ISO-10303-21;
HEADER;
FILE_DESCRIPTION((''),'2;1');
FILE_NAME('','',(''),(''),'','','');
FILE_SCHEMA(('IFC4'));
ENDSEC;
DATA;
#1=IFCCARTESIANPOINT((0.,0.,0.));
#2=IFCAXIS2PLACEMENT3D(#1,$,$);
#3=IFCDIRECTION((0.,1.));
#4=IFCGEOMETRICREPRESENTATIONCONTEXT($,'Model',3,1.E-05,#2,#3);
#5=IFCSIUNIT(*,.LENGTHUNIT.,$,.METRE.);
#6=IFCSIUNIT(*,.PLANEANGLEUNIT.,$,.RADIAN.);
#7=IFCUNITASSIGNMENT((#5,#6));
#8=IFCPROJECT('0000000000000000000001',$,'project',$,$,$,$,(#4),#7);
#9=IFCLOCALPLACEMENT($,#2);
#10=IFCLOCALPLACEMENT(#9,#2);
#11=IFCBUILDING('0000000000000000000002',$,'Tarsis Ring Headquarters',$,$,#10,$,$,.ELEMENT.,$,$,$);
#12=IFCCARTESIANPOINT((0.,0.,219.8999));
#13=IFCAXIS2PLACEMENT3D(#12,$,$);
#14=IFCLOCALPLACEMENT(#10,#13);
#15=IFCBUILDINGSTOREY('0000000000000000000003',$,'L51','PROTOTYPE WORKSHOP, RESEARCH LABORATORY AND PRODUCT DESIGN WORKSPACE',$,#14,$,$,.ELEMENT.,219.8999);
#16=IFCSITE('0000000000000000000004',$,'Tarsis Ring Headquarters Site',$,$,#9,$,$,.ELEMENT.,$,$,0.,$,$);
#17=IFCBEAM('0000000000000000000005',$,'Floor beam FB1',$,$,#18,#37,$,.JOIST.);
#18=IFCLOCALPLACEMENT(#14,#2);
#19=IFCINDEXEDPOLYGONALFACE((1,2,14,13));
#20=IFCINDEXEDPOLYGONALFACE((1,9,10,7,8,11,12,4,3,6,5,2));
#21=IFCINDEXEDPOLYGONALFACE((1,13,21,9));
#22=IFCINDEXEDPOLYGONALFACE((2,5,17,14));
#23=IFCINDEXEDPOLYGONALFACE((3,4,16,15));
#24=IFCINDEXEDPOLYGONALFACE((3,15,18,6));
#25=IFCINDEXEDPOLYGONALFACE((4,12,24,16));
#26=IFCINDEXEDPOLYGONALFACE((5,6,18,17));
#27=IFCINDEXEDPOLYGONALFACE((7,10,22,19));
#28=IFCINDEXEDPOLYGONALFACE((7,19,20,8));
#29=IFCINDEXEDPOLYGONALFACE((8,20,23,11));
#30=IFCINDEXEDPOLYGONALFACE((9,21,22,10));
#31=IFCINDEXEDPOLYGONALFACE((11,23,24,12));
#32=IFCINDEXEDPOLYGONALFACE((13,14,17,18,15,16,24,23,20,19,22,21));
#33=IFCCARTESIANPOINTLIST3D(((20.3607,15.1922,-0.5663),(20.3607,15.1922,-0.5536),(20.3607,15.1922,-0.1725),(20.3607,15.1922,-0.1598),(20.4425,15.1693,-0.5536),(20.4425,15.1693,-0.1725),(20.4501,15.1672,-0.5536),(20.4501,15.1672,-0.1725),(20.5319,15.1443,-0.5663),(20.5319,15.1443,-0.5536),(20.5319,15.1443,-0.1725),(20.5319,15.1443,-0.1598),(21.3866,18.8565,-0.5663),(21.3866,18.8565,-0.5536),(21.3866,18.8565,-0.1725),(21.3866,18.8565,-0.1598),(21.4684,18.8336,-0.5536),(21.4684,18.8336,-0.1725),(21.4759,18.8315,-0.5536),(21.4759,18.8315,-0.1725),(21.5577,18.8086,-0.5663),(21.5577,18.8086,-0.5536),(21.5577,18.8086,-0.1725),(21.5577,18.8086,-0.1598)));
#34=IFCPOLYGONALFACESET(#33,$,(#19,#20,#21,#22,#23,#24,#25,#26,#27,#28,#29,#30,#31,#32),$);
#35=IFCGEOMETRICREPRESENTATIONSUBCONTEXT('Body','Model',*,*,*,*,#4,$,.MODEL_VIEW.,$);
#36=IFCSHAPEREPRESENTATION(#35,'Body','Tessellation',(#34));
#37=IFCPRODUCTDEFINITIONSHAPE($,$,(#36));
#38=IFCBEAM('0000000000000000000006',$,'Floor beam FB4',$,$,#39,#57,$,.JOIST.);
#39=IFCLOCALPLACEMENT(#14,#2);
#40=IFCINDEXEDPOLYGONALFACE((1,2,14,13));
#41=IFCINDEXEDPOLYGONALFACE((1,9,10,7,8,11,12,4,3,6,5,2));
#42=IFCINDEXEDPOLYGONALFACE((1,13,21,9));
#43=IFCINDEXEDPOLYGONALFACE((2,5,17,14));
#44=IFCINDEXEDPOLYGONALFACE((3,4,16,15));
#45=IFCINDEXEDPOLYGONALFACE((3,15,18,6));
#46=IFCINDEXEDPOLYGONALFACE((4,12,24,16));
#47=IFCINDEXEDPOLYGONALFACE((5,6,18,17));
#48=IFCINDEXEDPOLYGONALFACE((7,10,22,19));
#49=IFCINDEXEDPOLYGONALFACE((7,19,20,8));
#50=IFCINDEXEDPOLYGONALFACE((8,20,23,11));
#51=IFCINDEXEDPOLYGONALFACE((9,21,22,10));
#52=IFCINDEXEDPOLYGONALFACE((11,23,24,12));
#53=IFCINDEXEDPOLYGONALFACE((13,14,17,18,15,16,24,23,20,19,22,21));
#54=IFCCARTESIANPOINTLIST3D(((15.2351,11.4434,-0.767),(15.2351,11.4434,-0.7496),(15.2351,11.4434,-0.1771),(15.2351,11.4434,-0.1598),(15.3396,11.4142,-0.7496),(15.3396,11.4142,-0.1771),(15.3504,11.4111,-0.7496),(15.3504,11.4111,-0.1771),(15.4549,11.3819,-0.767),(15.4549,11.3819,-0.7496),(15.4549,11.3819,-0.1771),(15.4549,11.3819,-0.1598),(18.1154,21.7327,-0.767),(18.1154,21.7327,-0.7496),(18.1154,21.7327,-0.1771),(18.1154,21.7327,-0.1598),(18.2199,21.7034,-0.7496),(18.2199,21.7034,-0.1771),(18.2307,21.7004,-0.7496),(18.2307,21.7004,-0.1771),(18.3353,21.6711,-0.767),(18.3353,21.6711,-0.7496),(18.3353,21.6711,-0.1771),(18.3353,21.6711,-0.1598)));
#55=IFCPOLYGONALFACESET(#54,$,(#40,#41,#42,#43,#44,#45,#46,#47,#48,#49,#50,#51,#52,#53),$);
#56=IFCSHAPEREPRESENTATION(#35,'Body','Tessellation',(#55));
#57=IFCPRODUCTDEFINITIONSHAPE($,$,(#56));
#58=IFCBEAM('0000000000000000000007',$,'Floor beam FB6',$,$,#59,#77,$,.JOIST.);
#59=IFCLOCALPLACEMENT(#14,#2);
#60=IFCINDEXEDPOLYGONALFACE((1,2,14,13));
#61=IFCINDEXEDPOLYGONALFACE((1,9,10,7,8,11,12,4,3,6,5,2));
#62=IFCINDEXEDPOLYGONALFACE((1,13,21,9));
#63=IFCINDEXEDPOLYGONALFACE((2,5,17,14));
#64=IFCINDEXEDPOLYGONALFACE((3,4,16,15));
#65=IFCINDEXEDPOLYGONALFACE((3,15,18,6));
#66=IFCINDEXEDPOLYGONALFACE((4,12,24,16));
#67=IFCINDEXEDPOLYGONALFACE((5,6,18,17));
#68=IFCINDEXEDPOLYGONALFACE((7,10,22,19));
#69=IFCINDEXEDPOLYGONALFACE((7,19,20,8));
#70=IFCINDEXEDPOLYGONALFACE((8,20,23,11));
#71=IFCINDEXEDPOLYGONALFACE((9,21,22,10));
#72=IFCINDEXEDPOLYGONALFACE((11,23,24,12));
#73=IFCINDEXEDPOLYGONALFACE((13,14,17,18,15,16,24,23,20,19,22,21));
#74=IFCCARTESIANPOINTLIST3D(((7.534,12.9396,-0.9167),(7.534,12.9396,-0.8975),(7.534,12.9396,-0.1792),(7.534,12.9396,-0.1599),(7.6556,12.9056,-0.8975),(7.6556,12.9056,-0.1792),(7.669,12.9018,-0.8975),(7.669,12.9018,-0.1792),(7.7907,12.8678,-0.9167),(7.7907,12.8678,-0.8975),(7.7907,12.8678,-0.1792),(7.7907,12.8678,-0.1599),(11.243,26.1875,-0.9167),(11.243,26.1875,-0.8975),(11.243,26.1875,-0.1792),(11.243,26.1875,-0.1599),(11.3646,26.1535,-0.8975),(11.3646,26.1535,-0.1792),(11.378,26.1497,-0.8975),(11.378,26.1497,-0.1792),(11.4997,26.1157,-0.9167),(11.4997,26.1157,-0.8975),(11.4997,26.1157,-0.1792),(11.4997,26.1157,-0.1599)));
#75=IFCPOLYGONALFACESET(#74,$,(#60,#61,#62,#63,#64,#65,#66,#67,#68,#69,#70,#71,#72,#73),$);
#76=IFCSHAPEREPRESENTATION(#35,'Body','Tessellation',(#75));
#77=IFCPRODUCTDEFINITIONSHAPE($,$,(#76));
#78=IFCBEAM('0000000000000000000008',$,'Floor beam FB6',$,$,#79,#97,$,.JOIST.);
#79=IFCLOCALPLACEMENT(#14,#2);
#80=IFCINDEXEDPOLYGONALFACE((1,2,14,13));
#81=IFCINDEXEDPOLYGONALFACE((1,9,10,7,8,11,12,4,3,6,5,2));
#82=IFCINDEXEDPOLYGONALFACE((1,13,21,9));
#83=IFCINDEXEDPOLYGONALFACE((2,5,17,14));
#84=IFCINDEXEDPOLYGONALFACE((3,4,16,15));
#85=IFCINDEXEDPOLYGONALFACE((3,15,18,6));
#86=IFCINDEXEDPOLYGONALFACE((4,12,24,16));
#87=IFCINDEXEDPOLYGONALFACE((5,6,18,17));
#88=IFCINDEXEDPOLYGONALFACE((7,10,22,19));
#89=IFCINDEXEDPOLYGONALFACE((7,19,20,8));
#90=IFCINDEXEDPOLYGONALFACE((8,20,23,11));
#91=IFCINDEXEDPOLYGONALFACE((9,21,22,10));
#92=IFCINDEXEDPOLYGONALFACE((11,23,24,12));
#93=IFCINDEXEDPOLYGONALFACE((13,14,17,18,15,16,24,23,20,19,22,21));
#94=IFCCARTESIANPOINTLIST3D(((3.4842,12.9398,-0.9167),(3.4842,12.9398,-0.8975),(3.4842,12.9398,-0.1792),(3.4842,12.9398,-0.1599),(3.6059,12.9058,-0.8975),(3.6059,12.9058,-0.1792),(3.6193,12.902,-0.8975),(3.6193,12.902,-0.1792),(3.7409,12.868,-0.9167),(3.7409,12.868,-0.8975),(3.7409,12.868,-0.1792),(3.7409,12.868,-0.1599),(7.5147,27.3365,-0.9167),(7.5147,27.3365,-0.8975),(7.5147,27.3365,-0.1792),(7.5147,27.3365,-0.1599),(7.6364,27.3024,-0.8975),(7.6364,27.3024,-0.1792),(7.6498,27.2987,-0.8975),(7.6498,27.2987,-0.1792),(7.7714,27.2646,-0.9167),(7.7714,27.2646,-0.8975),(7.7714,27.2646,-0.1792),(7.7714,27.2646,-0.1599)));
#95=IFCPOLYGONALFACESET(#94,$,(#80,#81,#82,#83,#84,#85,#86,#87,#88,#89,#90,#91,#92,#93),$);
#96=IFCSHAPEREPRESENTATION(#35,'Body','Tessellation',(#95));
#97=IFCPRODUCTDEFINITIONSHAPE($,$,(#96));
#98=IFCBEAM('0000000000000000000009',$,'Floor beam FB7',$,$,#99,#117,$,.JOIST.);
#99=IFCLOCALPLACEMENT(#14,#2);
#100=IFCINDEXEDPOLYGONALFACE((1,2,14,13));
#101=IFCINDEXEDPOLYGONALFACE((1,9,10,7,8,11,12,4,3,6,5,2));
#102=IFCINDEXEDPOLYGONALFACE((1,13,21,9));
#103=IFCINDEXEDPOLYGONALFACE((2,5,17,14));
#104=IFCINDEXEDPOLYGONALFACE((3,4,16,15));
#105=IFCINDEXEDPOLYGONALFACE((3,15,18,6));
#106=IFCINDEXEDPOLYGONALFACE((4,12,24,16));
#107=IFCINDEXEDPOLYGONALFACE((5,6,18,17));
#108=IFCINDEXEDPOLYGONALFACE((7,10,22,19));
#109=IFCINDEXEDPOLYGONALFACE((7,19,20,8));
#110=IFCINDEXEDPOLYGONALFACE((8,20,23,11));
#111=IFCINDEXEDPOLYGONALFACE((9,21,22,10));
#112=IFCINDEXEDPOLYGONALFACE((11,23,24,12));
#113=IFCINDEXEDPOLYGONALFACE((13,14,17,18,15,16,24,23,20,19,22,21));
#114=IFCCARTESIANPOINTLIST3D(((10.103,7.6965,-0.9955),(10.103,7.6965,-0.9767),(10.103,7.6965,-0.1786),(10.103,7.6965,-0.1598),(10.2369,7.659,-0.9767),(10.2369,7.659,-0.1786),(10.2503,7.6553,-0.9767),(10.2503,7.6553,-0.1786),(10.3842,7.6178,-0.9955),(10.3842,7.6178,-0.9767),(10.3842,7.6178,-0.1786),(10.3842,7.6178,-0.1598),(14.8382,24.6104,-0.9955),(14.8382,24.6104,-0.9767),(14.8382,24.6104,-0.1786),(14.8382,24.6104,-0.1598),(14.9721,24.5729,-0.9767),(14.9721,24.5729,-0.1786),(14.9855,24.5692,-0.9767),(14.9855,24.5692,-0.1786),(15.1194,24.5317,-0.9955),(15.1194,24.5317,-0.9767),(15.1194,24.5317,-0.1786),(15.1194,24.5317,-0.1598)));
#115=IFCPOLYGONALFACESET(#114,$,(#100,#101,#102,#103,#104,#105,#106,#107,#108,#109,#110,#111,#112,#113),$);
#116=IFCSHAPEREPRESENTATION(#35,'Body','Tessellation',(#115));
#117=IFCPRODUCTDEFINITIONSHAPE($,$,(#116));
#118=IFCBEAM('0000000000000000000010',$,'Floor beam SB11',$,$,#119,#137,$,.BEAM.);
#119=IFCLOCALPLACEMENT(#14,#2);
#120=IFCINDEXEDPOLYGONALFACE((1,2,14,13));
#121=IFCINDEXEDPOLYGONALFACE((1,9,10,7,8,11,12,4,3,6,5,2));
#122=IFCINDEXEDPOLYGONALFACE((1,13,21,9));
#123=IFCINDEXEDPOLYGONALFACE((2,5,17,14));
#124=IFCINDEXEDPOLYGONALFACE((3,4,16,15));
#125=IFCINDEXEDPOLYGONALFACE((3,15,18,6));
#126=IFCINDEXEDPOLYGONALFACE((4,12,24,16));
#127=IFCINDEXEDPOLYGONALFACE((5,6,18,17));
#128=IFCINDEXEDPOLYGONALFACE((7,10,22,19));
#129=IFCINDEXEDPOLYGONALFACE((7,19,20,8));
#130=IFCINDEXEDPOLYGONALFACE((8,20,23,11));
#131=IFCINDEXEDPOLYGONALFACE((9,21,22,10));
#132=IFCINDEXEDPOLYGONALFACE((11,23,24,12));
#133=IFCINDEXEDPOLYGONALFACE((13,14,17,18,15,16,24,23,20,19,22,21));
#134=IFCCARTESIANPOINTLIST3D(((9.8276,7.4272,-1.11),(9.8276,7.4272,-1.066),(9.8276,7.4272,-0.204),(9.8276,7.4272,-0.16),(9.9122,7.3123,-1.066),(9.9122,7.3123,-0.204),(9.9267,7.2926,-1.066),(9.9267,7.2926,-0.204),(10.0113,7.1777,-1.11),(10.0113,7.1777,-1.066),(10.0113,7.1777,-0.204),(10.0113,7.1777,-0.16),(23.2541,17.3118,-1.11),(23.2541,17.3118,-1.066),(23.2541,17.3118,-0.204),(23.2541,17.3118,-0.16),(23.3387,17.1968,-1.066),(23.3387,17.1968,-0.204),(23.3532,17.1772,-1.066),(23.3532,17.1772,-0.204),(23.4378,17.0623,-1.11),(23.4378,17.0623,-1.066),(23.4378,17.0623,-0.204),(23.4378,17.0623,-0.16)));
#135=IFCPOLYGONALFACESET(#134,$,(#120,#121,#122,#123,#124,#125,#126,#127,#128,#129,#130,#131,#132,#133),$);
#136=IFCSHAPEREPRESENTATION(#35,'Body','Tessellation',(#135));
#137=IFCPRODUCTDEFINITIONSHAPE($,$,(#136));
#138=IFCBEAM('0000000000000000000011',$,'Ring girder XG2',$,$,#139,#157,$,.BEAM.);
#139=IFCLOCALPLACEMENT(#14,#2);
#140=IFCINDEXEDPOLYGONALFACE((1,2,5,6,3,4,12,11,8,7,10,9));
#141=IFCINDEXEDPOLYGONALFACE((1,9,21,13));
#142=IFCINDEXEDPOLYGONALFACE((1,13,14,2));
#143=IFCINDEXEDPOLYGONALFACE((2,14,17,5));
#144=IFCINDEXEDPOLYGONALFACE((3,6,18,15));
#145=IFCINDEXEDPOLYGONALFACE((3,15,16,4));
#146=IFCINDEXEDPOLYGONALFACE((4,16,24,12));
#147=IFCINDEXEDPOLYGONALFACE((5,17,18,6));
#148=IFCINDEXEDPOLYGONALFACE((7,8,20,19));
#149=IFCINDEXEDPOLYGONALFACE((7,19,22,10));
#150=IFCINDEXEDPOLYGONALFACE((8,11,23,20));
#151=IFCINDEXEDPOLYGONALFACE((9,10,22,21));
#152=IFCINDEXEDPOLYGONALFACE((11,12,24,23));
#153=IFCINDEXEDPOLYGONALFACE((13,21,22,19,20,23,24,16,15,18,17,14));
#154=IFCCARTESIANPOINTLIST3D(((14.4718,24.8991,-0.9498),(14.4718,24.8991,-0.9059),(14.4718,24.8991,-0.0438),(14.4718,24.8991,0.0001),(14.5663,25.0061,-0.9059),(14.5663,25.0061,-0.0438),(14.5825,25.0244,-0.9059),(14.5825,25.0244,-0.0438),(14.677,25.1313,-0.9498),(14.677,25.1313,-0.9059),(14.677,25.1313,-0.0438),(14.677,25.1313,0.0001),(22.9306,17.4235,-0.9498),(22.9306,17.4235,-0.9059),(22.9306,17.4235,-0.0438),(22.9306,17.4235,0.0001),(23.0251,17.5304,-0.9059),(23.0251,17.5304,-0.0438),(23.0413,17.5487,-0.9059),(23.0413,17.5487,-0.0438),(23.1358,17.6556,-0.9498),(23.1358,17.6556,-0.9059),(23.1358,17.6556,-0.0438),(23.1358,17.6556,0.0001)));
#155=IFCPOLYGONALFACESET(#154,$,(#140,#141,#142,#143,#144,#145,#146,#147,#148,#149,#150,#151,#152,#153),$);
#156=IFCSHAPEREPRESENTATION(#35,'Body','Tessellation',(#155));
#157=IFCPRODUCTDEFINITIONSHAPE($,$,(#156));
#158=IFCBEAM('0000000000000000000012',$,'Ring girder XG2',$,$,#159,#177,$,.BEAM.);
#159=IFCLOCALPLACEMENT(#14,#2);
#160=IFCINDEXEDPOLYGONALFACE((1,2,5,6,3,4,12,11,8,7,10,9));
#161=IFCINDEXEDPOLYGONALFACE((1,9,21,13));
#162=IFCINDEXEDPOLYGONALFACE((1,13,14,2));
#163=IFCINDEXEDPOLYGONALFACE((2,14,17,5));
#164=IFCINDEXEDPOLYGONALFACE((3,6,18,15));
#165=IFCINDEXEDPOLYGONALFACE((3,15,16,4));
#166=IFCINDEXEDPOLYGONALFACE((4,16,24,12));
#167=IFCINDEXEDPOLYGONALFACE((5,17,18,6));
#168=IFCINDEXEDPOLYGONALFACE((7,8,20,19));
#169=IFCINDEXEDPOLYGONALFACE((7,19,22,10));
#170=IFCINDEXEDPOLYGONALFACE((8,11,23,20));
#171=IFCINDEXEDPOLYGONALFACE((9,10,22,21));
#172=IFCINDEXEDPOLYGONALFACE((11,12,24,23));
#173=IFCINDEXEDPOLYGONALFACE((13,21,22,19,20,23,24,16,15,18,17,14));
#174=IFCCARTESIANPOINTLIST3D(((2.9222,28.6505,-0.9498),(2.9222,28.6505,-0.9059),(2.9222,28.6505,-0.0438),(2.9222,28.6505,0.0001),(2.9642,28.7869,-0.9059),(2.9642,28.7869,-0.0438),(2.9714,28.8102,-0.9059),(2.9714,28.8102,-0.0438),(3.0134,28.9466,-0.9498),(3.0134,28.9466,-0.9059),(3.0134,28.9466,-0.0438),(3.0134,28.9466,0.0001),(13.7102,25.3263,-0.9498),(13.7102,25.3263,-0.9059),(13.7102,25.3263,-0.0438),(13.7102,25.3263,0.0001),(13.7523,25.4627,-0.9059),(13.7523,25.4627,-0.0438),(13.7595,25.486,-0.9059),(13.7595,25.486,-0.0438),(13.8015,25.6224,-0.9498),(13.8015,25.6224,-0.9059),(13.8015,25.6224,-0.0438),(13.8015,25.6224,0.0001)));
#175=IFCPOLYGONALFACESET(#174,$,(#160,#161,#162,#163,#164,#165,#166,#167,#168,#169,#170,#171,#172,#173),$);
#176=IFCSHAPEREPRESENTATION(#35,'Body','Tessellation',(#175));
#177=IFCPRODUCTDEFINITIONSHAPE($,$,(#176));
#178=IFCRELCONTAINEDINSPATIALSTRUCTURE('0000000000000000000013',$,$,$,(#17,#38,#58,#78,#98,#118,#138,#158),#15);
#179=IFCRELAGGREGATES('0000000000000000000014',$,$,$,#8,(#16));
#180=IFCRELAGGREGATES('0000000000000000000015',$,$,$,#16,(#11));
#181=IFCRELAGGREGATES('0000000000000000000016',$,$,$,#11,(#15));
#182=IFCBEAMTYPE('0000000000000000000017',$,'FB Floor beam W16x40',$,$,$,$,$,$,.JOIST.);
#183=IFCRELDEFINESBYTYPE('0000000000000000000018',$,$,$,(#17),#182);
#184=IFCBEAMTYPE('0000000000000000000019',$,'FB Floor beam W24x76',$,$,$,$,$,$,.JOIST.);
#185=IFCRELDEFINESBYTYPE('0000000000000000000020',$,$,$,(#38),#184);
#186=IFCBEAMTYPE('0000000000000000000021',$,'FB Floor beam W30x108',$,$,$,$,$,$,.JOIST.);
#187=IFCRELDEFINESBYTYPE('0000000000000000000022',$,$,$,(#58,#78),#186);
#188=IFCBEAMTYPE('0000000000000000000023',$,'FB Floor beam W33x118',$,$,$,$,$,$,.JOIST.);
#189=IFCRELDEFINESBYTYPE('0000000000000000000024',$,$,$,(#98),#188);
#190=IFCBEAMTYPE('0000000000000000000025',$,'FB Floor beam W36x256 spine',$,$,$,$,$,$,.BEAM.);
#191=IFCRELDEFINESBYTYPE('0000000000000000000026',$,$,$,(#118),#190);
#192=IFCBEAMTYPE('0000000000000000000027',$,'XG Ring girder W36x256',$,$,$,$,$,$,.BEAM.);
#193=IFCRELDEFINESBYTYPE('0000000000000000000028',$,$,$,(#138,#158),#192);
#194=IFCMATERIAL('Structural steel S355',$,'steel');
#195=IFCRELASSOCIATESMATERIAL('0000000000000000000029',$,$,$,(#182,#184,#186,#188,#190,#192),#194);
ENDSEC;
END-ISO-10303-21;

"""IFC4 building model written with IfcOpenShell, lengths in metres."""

from ifc_helpers import new_model, si_unit, direction, frame, origin, origin_2d, place, context, subcontext, project, spatial, i_section, extrude, material, material_profile, profile_set, type_object, element, save


model = new_model("IFC4")

# Units and contexts
model_context = context("Model", 3, precision=1e-05, world=origin(), true_north=direction((0.0, 1.0)))
body_context = subcontext(model_context, "Body", "Model", "MODEL_VIEW")
ifc_project = project(units=[si_unit("LENGTHUNIT", "METRE"), si_unit("PLANEANGLEUNIT", "RADIAN")], contexts=[model_context])

# Site, building, storey
site_placement = place(None, origin())
site = spatial("IfcSite", under=ifc_project, at=site_placement, Name="Tarsis Ring Headquarters Site", CompositionType="ELEMENT", RefElevation=0.0)
building_placement = place(site_placement, origin())
building = spatial("IfcBuilding", under=site, at=building_placement, Name="Tarsis Ring Headquarters", CompositionType="ELEMENT")
storey_placement = place(building_placement, frame((0.0, 0.0, 219.8999)))
storey = spatial("IfcBuildingStorey", under=building, at=storey_placement, Name="L51", Description="PROTOTYPE WORKSHOP, RESEARCH LABORATORY AND PRODUCT DESIGN WORKSPACE", CompositionType="ELEMENT", Elevation=219.8999)

# Shared definitions
ifc_material_1 = material(Name="Structural steel S355", Category="steel")

# Beams
ifc_material_profile_1 = material_profile(ifc_material_1, i_section(OverallWidth=0.1777, OverallDepth=0.4065, WebThickness=0.0078, FlangeThickness=0.0127, at=origin_2d()), Name="W16x40")
ifc_profile_set_1 = profile_set([ifc_material_profile_1], Name="Structural steel S355")
beam_type_1 = type_object("IfcBeamType", Name="FB Floor beam W16x40", PredefinedType="JOIST", material=ifc_profile_set_1)
for number, where, z_axis, x_axis, name in (
    (1, (21.4722, 18.8325, -0.363), (-0.269599, -0.962973, 0.0), (0.962973, -0.269599, 0.0), "Floor beam FB1"),
):
    element("IfcBeam", number, at=place(storey_placement, frame(where, z_axis=z_axis, x_axis=x_axis)), inside=storey, type_object=beam_type_1, Name=name, PredefinedType="JOIST", context=body_context, shape_type="SweptSolid", body=[
        extrude(i_section(OverallWidth=0.1777, OverallDepth=0.4065, WebThickness=0.0078, FlangeThickness=0.0127, at=origin_2d()), origin(), (0.0, 0.0, 1.0), 3.8052),
    ])
ifc_material_profile_2 = material_profile(ifc_material_1, i_section(OverallWidth=0.2283, OverallDepth=0.6072, WebThickness=0.0112, FlangeThickness=0.0173, at=origin_2d()), Name="W24x76")
ifc_profile_set_2 = profile_set([ifc_material_profile_2], Name="Structural steel S355")
beam_type_2 = type_object("IfcBeamType", Name="FB Floor beam W24x76", PredefinedType="JOIST", material=ifc_profile_set_2)
beam_1_placement = place(storey_placement, frame((18.2253, 21.7019, -0.4634), z_axis=(-0.269575, -0.962979, 0.0), x_axis=(0.962979, -0.269575, 0.0)))
element("IfcBeam", 2, at=beam_1_placement, inside=storey, type_object=beam_type_2, Name="Floor beam FB4", PredefinedType="JOIST", context=body_context, shape_type="SweptSolid", body=[
    extrude(i_section(OverallWidth=0.2283, OverallDepth=0.6072, WebThickness=0.0112, FlangeThickness=0.0173, at=origin_2d()), origin(), (0.0, 0.0, 1.0), 10.6848),
])
ifc_material_profile_3 = material_profile(ifc_material_1, i_section(OverallWidth=0.2666, OverallDepth=0.7568, WebThickness=0.0139, FlangeThickness=0.0193, at=origin_2d()), Name="W30x108")
ifc_profile_set_3 = profile_set([ifc_material_profile_3], Name="Structural steel S355")
beam_type_3 = type_object("IfcBeamType", Name="FB Floor beam W30x108", PredefinedType="JOIST", material=ifc_profile_set_3)
beam_2_placement = place(storey_placement, frame((11.3713, 26.1516, -0.5383), z_axis=(-0.269603, -0.962972, 0.0), x_axis=(0.962972, -0.269603, 0.0)))
element("IfcBeam", 3, at=beam_2_placement, inside=storey, type_object=beam_type_3, Name="Floor beam FB6", PredefinedType="JOIST", context=body_context, shape_type="SweptSolid", body=[
    extrude(i_section(OverallWidth=0.2666, OverallDepth=0.7568, WebThickness=0.0139, FlangeThickness=0.0193, at=origin_2d()), origin(), (0.0, 0.0, 1.0), 13.7573),
])
beam_3_placement = place(storey_placement, frame((7.6431, 27.3005, -0.5383), z_axis=(-0.269595, -0.962974, 0.0), x_axis=(0.962974, -0.269595, 0.0)))
element("IfcBeam", 4, at=beam_3_placement, inside=storey, type_object=beam_type_3, Name="Floor beam FB6", PredefinedType="JOIST", context=body_context, shape_type="SweptSolid", body=[
    extrude(i_section(OverallWidth=0.2666, OverallDepth=0.7568, WebThickness=0.0139, FlangeThickness=0.0193, at=origin_2d()), origin(), (0.0, 0.0, 1.0), 14.9502),
])
ifc_material_profile_4 = material_profile(ifc_material_1, i_section(OverallWidth=0.292, OverallDepth=0.8357, WebThickness=0.0139, FlangeThickness=0.0188, at=origin_2d()), Name="W33x118")
ifc_profile_set_4 = profile_set([ifc_material_profile_4], Name="Structural steel S355")
beam_type_4 = type_object("IfcBeamType", Name="FB Floor beam W33x118", PredefinedType="JOIST", material=ifc_profile_set_4)
beam_4_placement = place(storey_placement, frame((14.9788, 24.571, -0.5776), z_axis=(-0.26959, -0.962975, 0.0), x_axis=(0.962975, -0.26959, 0.0)))
element("IfcBeam", 5, at=beam_4_placement, inside=storey, type_object=beam_type_4, Name="Floor beam FB7", PredefinedType="JOIST", context=body_context, shape_type="SweptSolid", body=[
    extrude(i_section(OverallWidth=0.292, OverallDepth=0.8357, WebThickness=0.0139, FlangeThickness=0.0188, at=origin_2d()), origin(), (0.0, 0.0, 1.0), 17.5642),
])
ifc_material_profile_5 = material_profile(ifc_material_1, i_section(OverallWidth=0.3098, OverallDepth=0.95, WebThickness=0.0244, FlangeThickness=0.0439, at=origin_2d()), Name="W36x256")
ifc_profile_set_5 = profile_set([ifc_material_profile_5], Name="Structural steel S355")
beam_type_5 = type_object("IfcBeamType", Name="FB Floor beam W36x256 spine", PredefinedType="BEAM", material=ifc_profile_set_5)
beam_5_placement = place(storey_placement, frame((23.3459, 17.187, -0.635), z_axis=(-0.805305, -0.592861, 0.0), x_axis=(0.592861, -0.805305, 0.0)))
element("IfcBeam", 6, at=beam_5_placement, inside=storey, type_object=beam_type_5, Name="Floor beam SB11", PredefinedType="BEAM", context=body_context, shape_type="SweptSolid", body=[
    extrude(i_section(OverallWidth=0.3098, OverallDepth=0.95, WebThickness=0.0244, FlangeThickness=0.0439, at=origin_2d()), origin(), (0.0, 0.0, 1.0), 16.6726),
])
beam_type_6 = type_object("IfcBeamType", Name="XG Ring girder W36x256", PredefinedType="BEAM", material=ifc_profile_set_5)
beam_6_placement = place(storey_placement, frame((23.0332, 17.5396, -0.4749), z_axis=(-0.749311, 0.662219, 0.0), x_axis=(-0.662219, -0.749311, 0.0)))
element("IfcBeam", 7, at=beam_6_placement, inside=storey, type_object=beam_type_6, Name="Ring girder XG2", PredefinedType="BEAM", context=body_context, shape_type="SweptSolid", body=[
    extrude(i_section(OverallWidth=0.3098, OverallDepth=0.95, WebThickness=0.0244, FlangeThickness=0.0439, at=origin_2d()), origin(), (0.0, 0.0, 1.0), 11.2888),
])
beam_7_placement = place(storey_placement, frame((13.7559, 25.4744, -0.4749), z_axis=(-0.955659, 0.294475, 0.0), x_axis=(-0.294475, -0.955659, 0.0)))
element("IfcBeam", 8, at=beam_7_placement, inside=storey, type_object=beam_type_6, Name="Ring girder XG2", PredefinedType="BEAM", context=body_context, shape_type="SweptSolid", body=[
    extrude(i_section(OverallWidth=0.3098, OverallDepth=0.95, WebThickness=0.0244, FlangeThickness=0.0439, at=origin_2d()), origin(), (0.0, 0.0, 1.0), 11.2886),
])

save(model, "model.ifc")
